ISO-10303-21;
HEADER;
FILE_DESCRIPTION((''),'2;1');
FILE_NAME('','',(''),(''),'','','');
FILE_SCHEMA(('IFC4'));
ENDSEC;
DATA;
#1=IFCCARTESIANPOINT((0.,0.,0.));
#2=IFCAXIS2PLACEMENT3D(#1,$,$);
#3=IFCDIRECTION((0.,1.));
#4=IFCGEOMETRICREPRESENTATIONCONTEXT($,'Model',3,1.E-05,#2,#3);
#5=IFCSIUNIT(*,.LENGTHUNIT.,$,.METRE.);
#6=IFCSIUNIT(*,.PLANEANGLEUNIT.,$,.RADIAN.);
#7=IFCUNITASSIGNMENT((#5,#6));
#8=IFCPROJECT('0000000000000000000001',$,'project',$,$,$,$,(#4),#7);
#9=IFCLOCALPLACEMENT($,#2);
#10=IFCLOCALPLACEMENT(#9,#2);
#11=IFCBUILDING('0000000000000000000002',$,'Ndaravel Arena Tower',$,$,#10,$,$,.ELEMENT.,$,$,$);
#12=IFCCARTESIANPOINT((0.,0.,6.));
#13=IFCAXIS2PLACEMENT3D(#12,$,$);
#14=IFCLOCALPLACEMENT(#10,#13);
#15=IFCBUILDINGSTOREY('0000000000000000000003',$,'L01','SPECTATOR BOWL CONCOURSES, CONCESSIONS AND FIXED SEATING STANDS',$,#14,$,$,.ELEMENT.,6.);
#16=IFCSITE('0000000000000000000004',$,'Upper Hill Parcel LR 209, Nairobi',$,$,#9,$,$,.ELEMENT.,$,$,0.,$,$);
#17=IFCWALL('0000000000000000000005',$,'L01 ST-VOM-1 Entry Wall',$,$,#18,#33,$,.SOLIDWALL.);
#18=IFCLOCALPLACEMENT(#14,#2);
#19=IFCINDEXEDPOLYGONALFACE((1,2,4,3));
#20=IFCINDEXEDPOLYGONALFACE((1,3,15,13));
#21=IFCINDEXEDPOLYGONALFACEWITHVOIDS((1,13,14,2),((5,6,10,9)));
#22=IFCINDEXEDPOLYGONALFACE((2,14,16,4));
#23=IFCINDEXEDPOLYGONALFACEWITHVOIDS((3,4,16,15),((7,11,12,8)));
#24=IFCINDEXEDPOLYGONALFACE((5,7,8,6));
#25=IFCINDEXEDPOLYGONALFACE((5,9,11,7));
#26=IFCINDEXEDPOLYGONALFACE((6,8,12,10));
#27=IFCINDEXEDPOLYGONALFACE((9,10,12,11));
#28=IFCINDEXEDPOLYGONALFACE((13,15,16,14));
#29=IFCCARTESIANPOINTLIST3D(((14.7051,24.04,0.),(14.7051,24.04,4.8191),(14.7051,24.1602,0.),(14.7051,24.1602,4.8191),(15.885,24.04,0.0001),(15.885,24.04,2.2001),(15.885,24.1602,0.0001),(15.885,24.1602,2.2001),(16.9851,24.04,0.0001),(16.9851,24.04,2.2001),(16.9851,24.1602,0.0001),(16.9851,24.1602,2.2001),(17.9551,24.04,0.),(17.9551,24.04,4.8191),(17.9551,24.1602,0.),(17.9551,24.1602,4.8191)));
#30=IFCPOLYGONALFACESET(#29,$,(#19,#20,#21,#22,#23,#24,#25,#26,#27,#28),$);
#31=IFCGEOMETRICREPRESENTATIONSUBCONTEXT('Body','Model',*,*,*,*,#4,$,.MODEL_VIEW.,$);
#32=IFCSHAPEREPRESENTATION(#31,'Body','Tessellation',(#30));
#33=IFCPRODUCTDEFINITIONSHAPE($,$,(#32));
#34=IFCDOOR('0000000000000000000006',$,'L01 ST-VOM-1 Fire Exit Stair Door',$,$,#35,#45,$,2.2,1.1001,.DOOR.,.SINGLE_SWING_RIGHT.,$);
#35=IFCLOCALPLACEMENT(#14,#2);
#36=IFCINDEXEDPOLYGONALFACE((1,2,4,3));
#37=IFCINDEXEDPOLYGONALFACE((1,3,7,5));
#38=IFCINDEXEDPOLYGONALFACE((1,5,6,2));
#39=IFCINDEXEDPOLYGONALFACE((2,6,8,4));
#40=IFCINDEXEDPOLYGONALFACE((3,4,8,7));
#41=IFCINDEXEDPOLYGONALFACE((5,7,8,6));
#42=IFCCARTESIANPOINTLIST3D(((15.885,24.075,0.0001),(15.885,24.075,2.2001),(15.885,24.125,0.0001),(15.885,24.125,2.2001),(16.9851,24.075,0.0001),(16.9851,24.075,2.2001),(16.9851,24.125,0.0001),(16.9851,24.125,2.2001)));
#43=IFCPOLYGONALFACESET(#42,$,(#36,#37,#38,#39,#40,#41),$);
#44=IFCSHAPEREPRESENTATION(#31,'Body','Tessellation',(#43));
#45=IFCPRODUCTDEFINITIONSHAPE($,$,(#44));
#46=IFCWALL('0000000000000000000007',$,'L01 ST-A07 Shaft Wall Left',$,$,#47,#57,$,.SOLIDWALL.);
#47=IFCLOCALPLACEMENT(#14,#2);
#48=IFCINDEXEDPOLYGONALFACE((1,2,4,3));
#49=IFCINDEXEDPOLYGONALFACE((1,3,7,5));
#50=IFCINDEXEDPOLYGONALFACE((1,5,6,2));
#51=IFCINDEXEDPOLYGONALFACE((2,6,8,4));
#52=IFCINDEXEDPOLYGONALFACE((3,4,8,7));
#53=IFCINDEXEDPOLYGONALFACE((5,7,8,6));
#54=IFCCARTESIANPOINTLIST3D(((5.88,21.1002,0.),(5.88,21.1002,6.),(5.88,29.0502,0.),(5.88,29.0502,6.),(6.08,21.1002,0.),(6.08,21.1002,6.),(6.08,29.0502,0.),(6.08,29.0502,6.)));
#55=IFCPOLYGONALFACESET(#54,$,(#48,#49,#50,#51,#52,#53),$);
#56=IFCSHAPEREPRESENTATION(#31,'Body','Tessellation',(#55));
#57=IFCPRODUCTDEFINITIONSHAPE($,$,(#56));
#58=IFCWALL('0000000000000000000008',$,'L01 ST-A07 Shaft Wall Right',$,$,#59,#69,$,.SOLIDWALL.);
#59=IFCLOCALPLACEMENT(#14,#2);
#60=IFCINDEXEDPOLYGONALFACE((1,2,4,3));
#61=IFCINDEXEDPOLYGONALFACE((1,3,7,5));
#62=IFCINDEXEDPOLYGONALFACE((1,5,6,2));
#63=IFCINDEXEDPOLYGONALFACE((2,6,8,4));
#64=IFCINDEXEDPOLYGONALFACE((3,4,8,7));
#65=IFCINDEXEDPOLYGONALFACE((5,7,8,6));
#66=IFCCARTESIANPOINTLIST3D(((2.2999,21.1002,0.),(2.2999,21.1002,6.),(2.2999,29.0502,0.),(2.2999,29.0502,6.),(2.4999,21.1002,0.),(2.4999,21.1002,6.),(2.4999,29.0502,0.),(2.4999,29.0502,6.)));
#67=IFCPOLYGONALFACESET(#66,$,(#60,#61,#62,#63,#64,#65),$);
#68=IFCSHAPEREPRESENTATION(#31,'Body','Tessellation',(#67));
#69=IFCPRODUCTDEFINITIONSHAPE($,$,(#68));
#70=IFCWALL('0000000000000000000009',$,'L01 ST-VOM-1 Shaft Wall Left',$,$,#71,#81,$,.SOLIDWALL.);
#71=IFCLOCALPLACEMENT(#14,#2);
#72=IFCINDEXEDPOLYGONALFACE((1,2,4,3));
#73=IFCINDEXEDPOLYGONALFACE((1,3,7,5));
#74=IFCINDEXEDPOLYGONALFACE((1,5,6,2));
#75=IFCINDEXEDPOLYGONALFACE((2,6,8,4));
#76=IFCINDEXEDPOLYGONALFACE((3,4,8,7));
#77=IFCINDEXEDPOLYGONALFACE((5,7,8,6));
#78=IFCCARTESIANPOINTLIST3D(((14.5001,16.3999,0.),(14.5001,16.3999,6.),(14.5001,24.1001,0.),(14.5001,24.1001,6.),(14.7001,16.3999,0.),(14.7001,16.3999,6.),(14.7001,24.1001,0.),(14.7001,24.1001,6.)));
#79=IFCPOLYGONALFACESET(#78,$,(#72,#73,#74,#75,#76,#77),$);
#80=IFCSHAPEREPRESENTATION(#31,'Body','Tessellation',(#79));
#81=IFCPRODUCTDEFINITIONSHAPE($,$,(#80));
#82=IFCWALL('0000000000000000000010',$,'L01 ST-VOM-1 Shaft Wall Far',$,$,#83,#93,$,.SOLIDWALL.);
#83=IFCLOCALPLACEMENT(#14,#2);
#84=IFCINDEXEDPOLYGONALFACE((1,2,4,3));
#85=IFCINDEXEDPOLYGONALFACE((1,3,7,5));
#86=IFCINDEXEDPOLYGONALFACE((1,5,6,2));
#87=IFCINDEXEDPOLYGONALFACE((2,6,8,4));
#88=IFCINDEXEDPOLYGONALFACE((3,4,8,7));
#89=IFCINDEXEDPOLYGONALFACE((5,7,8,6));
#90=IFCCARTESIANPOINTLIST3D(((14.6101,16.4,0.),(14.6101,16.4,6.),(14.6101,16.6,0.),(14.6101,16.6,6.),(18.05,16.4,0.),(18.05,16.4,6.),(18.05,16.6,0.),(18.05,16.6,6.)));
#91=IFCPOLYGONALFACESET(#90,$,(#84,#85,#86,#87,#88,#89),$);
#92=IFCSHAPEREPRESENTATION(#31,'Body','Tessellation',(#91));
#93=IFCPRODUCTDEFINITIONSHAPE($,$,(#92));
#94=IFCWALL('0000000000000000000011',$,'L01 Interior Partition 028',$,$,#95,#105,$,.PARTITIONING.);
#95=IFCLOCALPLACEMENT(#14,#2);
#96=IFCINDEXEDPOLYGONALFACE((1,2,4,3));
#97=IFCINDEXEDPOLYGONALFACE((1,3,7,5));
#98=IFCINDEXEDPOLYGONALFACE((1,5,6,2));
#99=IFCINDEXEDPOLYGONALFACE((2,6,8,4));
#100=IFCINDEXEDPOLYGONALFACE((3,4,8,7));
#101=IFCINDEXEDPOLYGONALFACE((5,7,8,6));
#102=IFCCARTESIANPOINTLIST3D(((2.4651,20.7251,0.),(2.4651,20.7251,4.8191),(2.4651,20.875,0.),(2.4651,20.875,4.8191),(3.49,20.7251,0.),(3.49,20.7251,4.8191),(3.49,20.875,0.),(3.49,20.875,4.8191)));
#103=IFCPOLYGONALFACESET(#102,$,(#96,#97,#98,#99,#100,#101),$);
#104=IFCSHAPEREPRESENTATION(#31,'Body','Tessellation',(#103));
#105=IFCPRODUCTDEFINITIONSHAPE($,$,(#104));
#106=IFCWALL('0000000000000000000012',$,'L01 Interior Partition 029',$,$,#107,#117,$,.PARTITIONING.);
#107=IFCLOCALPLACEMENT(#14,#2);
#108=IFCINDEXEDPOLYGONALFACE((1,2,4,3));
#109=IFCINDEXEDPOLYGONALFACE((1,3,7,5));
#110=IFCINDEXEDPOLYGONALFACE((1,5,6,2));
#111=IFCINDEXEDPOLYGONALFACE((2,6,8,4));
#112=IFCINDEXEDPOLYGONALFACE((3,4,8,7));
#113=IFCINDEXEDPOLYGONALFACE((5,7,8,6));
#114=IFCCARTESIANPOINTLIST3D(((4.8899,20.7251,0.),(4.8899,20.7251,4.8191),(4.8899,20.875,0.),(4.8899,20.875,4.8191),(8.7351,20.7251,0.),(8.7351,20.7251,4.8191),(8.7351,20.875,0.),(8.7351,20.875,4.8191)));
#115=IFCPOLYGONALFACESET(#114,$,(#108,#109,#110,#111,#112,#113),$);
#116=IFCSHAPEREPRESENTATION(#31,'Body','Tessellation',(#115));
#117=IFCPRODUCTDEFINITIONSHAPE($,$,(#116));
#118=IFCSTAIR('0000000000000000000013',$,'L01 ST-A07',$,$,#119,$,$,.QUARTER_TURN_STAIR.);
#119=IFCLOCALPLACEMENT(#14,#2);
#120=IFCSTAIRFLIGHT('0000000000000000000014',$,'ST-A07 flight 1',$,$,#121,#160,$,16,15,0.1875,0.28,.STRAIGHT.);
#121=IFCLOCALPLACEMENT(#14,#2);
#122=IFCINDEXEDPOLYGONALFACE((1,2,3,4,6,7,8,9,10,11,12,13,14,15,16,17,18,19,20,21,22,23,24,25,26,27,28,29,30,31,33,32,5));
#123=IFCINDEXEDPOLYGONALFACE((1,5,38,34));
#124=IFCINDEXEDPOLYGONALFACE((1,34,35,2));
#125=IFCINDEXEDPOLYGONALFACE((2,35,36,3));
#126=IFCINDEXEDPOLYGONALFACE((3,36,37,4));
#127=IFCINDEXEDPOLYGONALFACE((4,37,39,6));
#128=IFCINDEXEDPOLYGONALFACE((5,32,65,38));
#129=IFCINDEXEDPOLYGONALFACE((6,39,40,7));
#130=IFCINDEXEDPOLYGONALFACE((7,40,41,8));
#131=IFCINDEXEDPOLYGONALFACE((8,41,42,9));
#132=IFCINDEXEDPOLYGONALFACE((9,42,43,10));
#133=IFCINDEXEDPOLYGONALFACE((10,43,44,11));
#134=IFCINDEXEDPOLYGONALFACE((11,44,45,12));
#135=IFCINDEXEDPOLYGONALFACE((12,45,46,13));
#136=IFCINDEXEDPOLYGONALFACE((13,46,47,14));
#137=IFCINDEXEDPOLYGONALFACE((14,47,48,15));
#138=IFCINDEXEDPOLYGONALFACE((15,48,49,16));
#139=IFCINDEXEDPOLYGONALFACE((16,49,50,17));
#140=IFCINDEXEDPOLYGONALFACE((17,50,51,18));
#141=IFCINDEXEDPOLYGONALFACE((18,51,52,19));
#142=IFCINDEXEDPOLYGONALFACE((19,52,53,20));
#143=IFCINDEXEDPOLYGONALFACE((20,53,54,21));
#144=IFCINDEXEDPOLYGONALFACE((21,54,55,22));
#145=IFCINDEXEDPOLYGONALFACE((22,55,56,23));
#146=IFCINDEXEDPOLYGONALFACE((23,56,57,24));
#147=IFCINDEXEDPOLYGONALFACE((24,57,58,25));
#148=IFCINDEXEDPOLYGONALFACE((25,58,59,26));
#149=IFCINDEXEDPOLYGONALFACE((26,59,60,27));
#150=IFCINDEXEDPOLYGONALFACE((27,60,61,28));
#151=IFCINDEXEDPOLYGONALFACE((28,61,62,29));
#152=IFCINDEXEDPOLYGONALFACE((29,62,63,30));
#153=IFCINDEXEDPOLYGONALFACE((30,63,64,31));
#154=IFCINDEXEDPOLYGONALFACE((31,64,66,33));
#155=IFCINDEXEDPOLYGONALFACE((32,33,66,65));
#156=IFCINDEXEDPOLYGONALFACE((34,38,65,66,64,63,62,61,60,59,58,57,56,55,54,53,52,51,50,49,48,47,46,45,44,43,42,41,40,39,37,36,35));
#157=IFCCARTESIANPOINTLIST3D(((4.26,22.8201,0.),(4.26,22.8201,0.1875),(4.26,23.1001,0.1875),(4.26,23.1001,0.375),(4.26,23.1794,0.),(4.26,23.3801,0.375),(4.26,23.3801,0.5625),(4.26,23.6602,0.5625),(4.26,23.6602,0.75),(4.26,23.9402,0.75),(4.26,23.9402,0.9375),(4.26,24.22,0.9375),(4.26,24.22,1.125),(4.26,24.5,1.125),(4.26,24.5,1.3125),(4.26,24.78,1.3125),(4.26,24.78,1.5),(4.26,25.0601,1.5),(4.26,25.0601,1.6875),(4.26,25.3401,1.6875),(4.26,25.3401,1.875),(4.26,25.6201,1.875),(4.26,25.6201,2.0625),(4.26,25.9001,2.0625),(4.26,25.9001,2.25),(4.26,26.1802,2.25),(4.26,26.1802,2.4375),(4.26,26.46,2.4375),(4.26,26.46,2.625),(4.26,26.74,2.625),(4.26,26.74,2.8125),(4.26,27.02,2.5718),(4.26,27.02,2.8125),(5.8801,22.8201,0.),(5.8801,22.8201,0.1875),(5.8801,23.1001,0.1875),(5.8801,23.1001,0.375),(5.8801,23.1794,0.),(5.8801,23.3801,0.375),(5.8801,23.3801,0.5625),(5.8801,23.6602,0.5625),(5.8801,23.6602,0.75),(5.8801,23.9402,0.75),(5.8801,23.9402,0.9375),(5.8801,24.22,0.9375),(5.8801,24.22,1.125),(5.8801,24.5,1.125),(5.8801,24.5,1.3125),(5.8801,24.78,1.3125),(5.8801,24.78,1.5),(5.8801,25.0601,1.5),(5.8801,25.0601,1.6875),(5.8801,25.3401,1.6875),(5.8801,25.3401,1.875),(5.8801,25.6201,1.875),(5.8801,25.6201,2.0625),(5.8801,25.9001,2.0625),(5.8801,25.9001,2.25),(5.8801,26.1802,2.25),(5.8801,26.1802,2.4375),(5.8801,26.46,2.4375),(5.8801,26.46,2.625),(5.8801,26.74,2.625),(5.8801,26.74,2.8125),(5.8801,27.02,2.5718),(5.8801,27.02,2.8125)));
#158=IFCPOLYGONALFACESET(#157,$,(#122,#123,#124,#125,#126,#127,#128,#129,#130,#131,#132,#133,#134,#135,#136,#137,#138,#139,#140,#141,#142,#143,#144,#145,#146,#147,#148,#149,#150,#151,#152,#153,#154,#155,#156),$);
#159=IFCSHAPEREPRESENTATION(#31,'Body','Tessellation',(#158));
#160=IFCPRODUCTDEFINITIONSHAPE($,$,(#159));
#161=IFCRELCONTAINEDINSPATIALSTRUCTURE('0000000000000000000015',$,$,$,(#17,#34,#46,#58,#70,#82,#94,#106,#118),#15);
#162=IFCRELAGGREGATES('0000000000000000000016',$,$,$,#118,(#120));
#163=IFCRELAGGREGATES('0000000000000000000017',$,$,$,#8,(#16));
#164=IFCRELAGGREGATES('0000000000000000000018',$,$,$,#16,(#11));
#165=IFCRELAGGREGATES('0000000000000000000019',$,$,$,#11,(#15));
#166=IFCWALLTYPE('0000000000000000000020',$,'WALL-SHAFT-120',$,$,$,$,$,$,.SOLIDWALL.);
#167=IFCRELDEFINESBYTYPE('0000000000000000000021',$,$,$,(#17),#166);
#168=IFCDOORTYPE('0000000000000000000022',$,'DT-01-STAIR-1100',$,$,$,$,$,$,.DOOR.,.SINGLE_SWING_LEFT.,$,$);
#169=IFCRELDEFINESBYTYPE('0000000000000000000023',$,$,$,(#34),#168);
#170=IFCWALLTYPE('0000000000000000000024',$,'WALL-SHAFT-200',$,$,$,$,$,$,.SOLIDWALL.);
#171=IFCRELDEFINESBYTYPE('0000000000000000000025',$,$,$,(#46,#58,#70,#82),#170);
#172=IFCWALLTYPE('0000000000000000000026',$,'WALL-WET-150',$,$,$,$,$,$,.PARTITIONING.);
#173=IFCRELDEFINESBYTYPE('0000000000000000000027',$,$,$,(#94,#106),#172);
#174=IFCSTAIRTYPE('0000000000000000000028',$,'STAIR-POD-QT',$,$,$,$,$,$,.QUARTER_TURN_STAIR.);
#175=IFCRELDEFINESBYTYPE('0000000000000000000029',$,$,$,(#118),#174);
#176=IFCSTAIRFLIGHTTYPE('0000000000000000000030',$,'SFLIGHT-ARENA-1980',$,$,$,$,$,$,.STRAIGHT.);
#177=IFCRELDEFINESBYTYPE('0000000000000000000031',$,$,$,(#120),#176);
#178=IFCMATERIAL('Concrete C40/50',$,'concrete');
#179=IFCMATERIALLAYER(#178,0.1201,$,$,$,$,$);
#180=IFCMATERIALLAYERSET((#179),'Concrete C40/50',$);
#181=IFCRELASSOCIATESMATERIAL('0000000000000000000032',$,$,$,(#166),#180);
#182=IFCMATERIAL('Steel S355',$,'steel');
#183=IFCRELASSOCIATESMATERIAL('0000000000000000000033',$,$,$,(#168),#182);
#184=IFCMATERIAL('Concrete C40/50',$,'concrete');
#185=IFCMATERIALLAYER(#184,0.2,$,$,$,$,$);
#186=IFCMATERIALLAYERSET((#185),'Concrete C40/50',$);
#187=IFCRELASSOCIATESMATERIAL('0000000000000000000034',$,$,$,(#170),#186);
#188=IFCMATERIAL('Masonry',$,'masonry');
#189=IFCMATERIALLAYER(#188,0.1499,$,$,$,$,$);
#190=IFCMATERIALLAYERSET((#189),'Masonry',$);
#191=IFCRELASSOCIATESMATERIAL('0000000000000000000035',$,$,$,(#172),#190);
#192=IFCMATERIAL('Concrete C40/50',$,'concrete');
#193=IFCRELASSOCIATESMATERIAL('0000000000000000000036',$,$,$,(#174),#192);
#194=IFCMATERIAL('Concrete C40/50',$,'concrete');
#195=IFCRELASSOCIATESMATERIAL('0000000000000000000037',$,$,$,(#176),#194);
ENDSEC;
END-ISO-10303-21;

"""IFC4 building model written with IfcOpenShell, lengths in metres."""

from ifc_helpers import new_model, si_unit, direction, frame, frame_2d, origin, place, context, subcontext, project, spatial, polyline, rectangle, outline, extrude, material, layer, layer_set, type_object, element, fill, aggregate, save


model = new_model("IFC4")

# Units and contexts
model_context = context("Model", 3, precision=1e-05, world=origin(), true_north=direction((0.0, 1.0)))
body_context = subcontext(model_context, "Body", "Model", "MODEL_VIEW")
ifc_project = project(units=[si_unit("LENGTHUNIT", "METRE"), si_unit("PLANEANGLEUNIT", "RADIAN")], contexts=[model_context])

# Site, building, storey
site_placement = place(None, origin())
site = spatial("IfcSite", under=ifc_project, at=site_placement, Name="Upper Hill Parcel LR 209, Nairobi", CompositionType="ELEMENT", RefElevation=0.0)
building_placement = place(site_placement, origin())
building = spatial("IfcBuilding", under=site, at=building_placement, Name="Ndaravel Arena Tower", CompositionType="ELEMENT")
storey_placement = place(building_placement, frame((0.0, 0.0, 6.0)))
storey = spatial("IfcBuildingStorey", under=building, at=storey_placement, Name="L01", Description="SPECTATOR BOWL CONCOURSES, CONCESSIONS AND FIXED SEATING STANDS", CompositionType="ELEMENT", Elevation=6.0)

# Wall, opening, door
ifc_material_1 = material(Name="Concrete C40/50", Category="concrete")
ifc_layer_1 = layer(ifc_material_1, 0.1201)
ifc_layer_set_1 = layer_set([ifc_layer_1], Name="Concrete C40/50")
wall_type_1 = type_object("IfcWallType", Name="WALL-SHAFT-120", PredefinedType="SOLIDWALL", material=ifc_layer_set_1)
ifc_material_2 = material(Name="Steel S355", Category="steel")
door_type = type_object("IfcDoorType", Name="DT-01-STAIR-1100", OperationType="SINGLE_SWING_LEFT", PredefinedType="DOOR", material=ifc_material_2)
wall_1_placement = place(storey_placement, frame((14.7051, 24.1001, 0.0), z_axis=(0.0, 0.0, 1.0), x_axis=(1.0, 0.0, 0.0)))
wall_1 = element("IfcWall", 1, at=wall_1_placement, inside=storey, type_object=wall_type_1, Name="L01 ST-VOM-1 Entry Wall", PredefinedType="SOLIDWALL", context=body_context, shape_type="SweptSolid", body=[
    extrude(rectangle(XDim=3.25, YDim=0.1201, at=frame_2d((1.625, 0.0))), origin(), (0.0, 0.0, 1.0), 4.8191),
])
opening_1_placement = place(wall_1_placement, frame((1.1799, 0.0, 0.0)))
opening_1 = element("IfcOpeningElement", 2, at=opening_1_placement, cuts=wall_1, PredefinedType="OPENING", context=body_context, shape_type="SweptSolid", body=[
    extrude(rectangle(XDim=1.1001, YDim=2.2, at=frame_2d((0.55, 1.1001))), frame((0.0, 0.0601, 0.0), z_axis=(0.0, -1.0, 0.0), x_axis=(1.0, 0.0, 0.0)), (0.0, 0.0, 1.0), 0.1201),
])
door_1_placement = place(opening_1_placement, origin())
door_1 = element("IfcDoor", 3, at=door_1_placement, inside=storey, type_object=door_type, Name="L01 ST-VOM-1 Fire Exit Stair Door", OperationType="SINGLE_SWING_RIGHT", OverallHeight=2.2, OverallWidth=1.1001, PredefinedType="DOOR", context=body_context, shape_type="SweptSolid", body=[
    extrude(rectangle(XDim=1.1001, YDim=2.2, at=frame_2d((0.55, 1.1001))), frame((0.0, 0.0249, 0.0), z_axis=(0.0, -1.0, 0.0), x_axis=(1.0, 0.0, 0.0)), (0.0, 0.0, 1.0), 0.05),
])
fill(opening_1, door_1)

# Walls
ifc_material_3 = material(Name="Concrete C40/50", Category="concrete")
ifc_layer_2 = layer(ifc_material_3, 0.2)
ifc_layer_set_2 = layer_set([ifc_layer_2], Name="Concrete C40/50")
wall_type_2 = type_object("IfcWallType", Name="WALL-SHAFT-200", PredefinedType="SOLIDWALL", material=ifc_layer_set_2)
for number, where, z_axis, x_axis, name in (
    (4, (5.98, 21.1001, 0.0), (0.0, 0.0, 1.0), (0.0, 1.0, 0.0), "L01 ST-A07 Shaft Wall Left"),
    (5, (2.3999, 21.1001, 0.0), (0.0, 0.0, 1.0), (0.0, 1.0, 0.0), "L01 ST-A07 Shaft Wall Right"),
):
    element("IfcWall", number, at=place(storey_placement, frame(where, z_axis=z_axis, x_axis=x_axis)), inside=storey, type_object=wall_type_2, Name=name, PredefinedType="SOLIDWALL", context=body_context, shape_type="SweptSolid", body=[
        extrude(rectangle(XDim=7.95, YDim=0.2, at=frame_2d((3.9751, 0.0))), origin(), (0.0, 0.0, 1.0), 6.0),
    ])
wall_2_placement = place(storey_placement, frame((14.6001, 24.1001, 0.0), z_axis=(0.0, 0.0, 1.0), x_axis=(0.0, -1.0, 0.0)))
element("IfcWall", 6, at=wall_2_placement, inside=storey, type_object=wall_type_2, Name="L01 ST-VOM-1 Shaft Wall Left", PredefinedType="SOLIDWALL", context=body_context, shape_type="SweptSolid", body=[
    extrude(rectangle(XDim=7.7002, YDim=0.2, at=frame_2d((3.8501, 0.0))), origin(), (0.0, 0.0, 1.0), 6.0),
])
wall_3_placement = place(storey_placement, frame((14.6101, 16.5, 0.0), z_axis=(0.0, 0.0, 1.0), x_axis=(1.0, 0.0, 0.0)))
element("IfcWall", 7, at=wall_3_placement, inside=storey, type_object=wall_type_2, Name="L01 ST-VOM-1 Shaft Wall Far", PredefinedType="SOLIDWALL", context=body_context, shape_type="SweptSolid", body=[
    extrude(rectangle(XDim=3.4399, YDim=0.2, at=frame_2d((1.72, 0.0))), origin(), (0.0, 0.0, 1.0), 6.0),
])
ifc_material_4 = material(Name="Masonry", Category="masonry")
ifc_layer_3 = layer(ifc_material_4, 0.1499)
ifc_layer_set_3 = layer_set([ifc_layer_3], Name="Masonry")
wall_type_3 = type_object("IfcWallType", Name="WALL-WET-150", PredefinedType="PARTITIONING", material=ifc_layer_set_3)
wall_4_placement = place(storey_placement, frame((2.4651, 20.8, 0.0), z_axis=(0.0, 0.0, 1.0), x_axis=(1.0, 0.0, 0.0)))
element("IfcWall", 8, at=wall_4_placement, inside=storey, type_object=wall_type_3, Name="L01 Interior Partition 028", PredefinedType="PARTITIONING", context=body_context, shape_type="SweptSolid", body=[
    extrude(rectangle(XDim=1.0249, YDim=0.1499, at=frame_2d((0.5125, 0.0))), origin(), (0.0, 0.0, 1.0), 4.8191),
])
wall_5_placement = place(storey_placement, frame((4.8899, 20.8, 0.0), z_axis=(0.0, 0.0, 1.0), x_axis=(1.0, 0.0, 0.0)))
element("IfcWall", 9, at=wall_5_placement, inside=storey, type_object=wall_type_3, Name="L01 Interior Partition 029", PredefinedType="PARTITIONING", context=body_context, shape_type="SweptSolid", body=[
    extrude(rectangle(XDim=3.8452, YDim=0.1499, at=frame_2d((1.9226, 0.0))), origin(), (0.0, 0.0, 1.0), 4.8191),
])

# Stair, stair flight
ifc_material_5 = material(Name="Concrete C40/50", Category="concrete")
stair_type_1 = type_object("IfcStairType", Name="STAIR-POD-QT", PredefinedType="QUARTER_TURN_STAIR", material=ifc_material_5)
stair_1_placement = place(storey_placement, origin())
stair_1 = element("IfcStair", 10, at=stair_1_placement, inside=storey, type_object=stair_type_1, Name="L01 ST-A07", PredefinedType="QUARTER_TURN_STAIR")
ifc_material_6 = material(Name="Concrete C40/50", Category="concrete")
stair_flight_type_1 = type_object("IfcStairFlightType", Name="SFLIGHT-ARENA-1980", PredefinedType="STRAIGHT", material=ifc_material_6)
stair_flight_1_placement = place(storey_placement, frame((5.0701, 22.8201, 0.0), z_axis=(0.0, 0.0, 1.0), x_axis=(0.0, 1.0, 0.0)))
stair_flight_1 = element("IfcStairFlight", 11, at=stair_flight_1_placement, type_object=stair_flight_type_1, Name="ST-A07 flight 1", NumberOfRisers=16, NumberOfTreads=15, PredefinedType="STRAIGHT", RiserHeight=0.1875, TreadLength=0.28, context=body_context, shape_type="SweptSolid", body=[
    extrude(outline(polyline([(0.0, 0.0), (0.0, 0.1875), (0.28, 0.1875), (0.28, 0.375), (0.5601, 0.375), (0.5601, 0.5625), (0.8401, 0.5625), (0.8401, 0.75), (1.1201, 0.75), (1.1201, 0.9375), (1.3999, 0.9375), (1.3999, 1.125), (1.6799, 1.125), (1.6799, 1.3125), (1.96, 1.3125), (1.96, 1.5), (2.24, 1.5), (2.24, 1.6875), (2.52, 1.6875), (2.52, 1.875), (2.8, 1.875), (2.8, 2.0625), (3.0801, 2.0625), (3.0801, 2.25), (3.3601, 2.25), (3.3601, 2.4375), (3.6399, 2.4375), (3.6399, 2.625), (3.9199, 2.625), (3.9199, 2.8125), (4.2, 2.8125), (4.2, 3.0), (4.2, 2.5718), (0.3594, 0.0), (0.0, 0.0)])), frame((0.0, 0.8101, 0.0), z_axis=(0.0, -1.0, 0.0), x_axis=(1.0, 0.0, 0.0)), (0.0, 0.0, 1.0), 1.6201),
])
aggregate(stair_1, [stair_flight_1])

save(model, "model.ifc")
